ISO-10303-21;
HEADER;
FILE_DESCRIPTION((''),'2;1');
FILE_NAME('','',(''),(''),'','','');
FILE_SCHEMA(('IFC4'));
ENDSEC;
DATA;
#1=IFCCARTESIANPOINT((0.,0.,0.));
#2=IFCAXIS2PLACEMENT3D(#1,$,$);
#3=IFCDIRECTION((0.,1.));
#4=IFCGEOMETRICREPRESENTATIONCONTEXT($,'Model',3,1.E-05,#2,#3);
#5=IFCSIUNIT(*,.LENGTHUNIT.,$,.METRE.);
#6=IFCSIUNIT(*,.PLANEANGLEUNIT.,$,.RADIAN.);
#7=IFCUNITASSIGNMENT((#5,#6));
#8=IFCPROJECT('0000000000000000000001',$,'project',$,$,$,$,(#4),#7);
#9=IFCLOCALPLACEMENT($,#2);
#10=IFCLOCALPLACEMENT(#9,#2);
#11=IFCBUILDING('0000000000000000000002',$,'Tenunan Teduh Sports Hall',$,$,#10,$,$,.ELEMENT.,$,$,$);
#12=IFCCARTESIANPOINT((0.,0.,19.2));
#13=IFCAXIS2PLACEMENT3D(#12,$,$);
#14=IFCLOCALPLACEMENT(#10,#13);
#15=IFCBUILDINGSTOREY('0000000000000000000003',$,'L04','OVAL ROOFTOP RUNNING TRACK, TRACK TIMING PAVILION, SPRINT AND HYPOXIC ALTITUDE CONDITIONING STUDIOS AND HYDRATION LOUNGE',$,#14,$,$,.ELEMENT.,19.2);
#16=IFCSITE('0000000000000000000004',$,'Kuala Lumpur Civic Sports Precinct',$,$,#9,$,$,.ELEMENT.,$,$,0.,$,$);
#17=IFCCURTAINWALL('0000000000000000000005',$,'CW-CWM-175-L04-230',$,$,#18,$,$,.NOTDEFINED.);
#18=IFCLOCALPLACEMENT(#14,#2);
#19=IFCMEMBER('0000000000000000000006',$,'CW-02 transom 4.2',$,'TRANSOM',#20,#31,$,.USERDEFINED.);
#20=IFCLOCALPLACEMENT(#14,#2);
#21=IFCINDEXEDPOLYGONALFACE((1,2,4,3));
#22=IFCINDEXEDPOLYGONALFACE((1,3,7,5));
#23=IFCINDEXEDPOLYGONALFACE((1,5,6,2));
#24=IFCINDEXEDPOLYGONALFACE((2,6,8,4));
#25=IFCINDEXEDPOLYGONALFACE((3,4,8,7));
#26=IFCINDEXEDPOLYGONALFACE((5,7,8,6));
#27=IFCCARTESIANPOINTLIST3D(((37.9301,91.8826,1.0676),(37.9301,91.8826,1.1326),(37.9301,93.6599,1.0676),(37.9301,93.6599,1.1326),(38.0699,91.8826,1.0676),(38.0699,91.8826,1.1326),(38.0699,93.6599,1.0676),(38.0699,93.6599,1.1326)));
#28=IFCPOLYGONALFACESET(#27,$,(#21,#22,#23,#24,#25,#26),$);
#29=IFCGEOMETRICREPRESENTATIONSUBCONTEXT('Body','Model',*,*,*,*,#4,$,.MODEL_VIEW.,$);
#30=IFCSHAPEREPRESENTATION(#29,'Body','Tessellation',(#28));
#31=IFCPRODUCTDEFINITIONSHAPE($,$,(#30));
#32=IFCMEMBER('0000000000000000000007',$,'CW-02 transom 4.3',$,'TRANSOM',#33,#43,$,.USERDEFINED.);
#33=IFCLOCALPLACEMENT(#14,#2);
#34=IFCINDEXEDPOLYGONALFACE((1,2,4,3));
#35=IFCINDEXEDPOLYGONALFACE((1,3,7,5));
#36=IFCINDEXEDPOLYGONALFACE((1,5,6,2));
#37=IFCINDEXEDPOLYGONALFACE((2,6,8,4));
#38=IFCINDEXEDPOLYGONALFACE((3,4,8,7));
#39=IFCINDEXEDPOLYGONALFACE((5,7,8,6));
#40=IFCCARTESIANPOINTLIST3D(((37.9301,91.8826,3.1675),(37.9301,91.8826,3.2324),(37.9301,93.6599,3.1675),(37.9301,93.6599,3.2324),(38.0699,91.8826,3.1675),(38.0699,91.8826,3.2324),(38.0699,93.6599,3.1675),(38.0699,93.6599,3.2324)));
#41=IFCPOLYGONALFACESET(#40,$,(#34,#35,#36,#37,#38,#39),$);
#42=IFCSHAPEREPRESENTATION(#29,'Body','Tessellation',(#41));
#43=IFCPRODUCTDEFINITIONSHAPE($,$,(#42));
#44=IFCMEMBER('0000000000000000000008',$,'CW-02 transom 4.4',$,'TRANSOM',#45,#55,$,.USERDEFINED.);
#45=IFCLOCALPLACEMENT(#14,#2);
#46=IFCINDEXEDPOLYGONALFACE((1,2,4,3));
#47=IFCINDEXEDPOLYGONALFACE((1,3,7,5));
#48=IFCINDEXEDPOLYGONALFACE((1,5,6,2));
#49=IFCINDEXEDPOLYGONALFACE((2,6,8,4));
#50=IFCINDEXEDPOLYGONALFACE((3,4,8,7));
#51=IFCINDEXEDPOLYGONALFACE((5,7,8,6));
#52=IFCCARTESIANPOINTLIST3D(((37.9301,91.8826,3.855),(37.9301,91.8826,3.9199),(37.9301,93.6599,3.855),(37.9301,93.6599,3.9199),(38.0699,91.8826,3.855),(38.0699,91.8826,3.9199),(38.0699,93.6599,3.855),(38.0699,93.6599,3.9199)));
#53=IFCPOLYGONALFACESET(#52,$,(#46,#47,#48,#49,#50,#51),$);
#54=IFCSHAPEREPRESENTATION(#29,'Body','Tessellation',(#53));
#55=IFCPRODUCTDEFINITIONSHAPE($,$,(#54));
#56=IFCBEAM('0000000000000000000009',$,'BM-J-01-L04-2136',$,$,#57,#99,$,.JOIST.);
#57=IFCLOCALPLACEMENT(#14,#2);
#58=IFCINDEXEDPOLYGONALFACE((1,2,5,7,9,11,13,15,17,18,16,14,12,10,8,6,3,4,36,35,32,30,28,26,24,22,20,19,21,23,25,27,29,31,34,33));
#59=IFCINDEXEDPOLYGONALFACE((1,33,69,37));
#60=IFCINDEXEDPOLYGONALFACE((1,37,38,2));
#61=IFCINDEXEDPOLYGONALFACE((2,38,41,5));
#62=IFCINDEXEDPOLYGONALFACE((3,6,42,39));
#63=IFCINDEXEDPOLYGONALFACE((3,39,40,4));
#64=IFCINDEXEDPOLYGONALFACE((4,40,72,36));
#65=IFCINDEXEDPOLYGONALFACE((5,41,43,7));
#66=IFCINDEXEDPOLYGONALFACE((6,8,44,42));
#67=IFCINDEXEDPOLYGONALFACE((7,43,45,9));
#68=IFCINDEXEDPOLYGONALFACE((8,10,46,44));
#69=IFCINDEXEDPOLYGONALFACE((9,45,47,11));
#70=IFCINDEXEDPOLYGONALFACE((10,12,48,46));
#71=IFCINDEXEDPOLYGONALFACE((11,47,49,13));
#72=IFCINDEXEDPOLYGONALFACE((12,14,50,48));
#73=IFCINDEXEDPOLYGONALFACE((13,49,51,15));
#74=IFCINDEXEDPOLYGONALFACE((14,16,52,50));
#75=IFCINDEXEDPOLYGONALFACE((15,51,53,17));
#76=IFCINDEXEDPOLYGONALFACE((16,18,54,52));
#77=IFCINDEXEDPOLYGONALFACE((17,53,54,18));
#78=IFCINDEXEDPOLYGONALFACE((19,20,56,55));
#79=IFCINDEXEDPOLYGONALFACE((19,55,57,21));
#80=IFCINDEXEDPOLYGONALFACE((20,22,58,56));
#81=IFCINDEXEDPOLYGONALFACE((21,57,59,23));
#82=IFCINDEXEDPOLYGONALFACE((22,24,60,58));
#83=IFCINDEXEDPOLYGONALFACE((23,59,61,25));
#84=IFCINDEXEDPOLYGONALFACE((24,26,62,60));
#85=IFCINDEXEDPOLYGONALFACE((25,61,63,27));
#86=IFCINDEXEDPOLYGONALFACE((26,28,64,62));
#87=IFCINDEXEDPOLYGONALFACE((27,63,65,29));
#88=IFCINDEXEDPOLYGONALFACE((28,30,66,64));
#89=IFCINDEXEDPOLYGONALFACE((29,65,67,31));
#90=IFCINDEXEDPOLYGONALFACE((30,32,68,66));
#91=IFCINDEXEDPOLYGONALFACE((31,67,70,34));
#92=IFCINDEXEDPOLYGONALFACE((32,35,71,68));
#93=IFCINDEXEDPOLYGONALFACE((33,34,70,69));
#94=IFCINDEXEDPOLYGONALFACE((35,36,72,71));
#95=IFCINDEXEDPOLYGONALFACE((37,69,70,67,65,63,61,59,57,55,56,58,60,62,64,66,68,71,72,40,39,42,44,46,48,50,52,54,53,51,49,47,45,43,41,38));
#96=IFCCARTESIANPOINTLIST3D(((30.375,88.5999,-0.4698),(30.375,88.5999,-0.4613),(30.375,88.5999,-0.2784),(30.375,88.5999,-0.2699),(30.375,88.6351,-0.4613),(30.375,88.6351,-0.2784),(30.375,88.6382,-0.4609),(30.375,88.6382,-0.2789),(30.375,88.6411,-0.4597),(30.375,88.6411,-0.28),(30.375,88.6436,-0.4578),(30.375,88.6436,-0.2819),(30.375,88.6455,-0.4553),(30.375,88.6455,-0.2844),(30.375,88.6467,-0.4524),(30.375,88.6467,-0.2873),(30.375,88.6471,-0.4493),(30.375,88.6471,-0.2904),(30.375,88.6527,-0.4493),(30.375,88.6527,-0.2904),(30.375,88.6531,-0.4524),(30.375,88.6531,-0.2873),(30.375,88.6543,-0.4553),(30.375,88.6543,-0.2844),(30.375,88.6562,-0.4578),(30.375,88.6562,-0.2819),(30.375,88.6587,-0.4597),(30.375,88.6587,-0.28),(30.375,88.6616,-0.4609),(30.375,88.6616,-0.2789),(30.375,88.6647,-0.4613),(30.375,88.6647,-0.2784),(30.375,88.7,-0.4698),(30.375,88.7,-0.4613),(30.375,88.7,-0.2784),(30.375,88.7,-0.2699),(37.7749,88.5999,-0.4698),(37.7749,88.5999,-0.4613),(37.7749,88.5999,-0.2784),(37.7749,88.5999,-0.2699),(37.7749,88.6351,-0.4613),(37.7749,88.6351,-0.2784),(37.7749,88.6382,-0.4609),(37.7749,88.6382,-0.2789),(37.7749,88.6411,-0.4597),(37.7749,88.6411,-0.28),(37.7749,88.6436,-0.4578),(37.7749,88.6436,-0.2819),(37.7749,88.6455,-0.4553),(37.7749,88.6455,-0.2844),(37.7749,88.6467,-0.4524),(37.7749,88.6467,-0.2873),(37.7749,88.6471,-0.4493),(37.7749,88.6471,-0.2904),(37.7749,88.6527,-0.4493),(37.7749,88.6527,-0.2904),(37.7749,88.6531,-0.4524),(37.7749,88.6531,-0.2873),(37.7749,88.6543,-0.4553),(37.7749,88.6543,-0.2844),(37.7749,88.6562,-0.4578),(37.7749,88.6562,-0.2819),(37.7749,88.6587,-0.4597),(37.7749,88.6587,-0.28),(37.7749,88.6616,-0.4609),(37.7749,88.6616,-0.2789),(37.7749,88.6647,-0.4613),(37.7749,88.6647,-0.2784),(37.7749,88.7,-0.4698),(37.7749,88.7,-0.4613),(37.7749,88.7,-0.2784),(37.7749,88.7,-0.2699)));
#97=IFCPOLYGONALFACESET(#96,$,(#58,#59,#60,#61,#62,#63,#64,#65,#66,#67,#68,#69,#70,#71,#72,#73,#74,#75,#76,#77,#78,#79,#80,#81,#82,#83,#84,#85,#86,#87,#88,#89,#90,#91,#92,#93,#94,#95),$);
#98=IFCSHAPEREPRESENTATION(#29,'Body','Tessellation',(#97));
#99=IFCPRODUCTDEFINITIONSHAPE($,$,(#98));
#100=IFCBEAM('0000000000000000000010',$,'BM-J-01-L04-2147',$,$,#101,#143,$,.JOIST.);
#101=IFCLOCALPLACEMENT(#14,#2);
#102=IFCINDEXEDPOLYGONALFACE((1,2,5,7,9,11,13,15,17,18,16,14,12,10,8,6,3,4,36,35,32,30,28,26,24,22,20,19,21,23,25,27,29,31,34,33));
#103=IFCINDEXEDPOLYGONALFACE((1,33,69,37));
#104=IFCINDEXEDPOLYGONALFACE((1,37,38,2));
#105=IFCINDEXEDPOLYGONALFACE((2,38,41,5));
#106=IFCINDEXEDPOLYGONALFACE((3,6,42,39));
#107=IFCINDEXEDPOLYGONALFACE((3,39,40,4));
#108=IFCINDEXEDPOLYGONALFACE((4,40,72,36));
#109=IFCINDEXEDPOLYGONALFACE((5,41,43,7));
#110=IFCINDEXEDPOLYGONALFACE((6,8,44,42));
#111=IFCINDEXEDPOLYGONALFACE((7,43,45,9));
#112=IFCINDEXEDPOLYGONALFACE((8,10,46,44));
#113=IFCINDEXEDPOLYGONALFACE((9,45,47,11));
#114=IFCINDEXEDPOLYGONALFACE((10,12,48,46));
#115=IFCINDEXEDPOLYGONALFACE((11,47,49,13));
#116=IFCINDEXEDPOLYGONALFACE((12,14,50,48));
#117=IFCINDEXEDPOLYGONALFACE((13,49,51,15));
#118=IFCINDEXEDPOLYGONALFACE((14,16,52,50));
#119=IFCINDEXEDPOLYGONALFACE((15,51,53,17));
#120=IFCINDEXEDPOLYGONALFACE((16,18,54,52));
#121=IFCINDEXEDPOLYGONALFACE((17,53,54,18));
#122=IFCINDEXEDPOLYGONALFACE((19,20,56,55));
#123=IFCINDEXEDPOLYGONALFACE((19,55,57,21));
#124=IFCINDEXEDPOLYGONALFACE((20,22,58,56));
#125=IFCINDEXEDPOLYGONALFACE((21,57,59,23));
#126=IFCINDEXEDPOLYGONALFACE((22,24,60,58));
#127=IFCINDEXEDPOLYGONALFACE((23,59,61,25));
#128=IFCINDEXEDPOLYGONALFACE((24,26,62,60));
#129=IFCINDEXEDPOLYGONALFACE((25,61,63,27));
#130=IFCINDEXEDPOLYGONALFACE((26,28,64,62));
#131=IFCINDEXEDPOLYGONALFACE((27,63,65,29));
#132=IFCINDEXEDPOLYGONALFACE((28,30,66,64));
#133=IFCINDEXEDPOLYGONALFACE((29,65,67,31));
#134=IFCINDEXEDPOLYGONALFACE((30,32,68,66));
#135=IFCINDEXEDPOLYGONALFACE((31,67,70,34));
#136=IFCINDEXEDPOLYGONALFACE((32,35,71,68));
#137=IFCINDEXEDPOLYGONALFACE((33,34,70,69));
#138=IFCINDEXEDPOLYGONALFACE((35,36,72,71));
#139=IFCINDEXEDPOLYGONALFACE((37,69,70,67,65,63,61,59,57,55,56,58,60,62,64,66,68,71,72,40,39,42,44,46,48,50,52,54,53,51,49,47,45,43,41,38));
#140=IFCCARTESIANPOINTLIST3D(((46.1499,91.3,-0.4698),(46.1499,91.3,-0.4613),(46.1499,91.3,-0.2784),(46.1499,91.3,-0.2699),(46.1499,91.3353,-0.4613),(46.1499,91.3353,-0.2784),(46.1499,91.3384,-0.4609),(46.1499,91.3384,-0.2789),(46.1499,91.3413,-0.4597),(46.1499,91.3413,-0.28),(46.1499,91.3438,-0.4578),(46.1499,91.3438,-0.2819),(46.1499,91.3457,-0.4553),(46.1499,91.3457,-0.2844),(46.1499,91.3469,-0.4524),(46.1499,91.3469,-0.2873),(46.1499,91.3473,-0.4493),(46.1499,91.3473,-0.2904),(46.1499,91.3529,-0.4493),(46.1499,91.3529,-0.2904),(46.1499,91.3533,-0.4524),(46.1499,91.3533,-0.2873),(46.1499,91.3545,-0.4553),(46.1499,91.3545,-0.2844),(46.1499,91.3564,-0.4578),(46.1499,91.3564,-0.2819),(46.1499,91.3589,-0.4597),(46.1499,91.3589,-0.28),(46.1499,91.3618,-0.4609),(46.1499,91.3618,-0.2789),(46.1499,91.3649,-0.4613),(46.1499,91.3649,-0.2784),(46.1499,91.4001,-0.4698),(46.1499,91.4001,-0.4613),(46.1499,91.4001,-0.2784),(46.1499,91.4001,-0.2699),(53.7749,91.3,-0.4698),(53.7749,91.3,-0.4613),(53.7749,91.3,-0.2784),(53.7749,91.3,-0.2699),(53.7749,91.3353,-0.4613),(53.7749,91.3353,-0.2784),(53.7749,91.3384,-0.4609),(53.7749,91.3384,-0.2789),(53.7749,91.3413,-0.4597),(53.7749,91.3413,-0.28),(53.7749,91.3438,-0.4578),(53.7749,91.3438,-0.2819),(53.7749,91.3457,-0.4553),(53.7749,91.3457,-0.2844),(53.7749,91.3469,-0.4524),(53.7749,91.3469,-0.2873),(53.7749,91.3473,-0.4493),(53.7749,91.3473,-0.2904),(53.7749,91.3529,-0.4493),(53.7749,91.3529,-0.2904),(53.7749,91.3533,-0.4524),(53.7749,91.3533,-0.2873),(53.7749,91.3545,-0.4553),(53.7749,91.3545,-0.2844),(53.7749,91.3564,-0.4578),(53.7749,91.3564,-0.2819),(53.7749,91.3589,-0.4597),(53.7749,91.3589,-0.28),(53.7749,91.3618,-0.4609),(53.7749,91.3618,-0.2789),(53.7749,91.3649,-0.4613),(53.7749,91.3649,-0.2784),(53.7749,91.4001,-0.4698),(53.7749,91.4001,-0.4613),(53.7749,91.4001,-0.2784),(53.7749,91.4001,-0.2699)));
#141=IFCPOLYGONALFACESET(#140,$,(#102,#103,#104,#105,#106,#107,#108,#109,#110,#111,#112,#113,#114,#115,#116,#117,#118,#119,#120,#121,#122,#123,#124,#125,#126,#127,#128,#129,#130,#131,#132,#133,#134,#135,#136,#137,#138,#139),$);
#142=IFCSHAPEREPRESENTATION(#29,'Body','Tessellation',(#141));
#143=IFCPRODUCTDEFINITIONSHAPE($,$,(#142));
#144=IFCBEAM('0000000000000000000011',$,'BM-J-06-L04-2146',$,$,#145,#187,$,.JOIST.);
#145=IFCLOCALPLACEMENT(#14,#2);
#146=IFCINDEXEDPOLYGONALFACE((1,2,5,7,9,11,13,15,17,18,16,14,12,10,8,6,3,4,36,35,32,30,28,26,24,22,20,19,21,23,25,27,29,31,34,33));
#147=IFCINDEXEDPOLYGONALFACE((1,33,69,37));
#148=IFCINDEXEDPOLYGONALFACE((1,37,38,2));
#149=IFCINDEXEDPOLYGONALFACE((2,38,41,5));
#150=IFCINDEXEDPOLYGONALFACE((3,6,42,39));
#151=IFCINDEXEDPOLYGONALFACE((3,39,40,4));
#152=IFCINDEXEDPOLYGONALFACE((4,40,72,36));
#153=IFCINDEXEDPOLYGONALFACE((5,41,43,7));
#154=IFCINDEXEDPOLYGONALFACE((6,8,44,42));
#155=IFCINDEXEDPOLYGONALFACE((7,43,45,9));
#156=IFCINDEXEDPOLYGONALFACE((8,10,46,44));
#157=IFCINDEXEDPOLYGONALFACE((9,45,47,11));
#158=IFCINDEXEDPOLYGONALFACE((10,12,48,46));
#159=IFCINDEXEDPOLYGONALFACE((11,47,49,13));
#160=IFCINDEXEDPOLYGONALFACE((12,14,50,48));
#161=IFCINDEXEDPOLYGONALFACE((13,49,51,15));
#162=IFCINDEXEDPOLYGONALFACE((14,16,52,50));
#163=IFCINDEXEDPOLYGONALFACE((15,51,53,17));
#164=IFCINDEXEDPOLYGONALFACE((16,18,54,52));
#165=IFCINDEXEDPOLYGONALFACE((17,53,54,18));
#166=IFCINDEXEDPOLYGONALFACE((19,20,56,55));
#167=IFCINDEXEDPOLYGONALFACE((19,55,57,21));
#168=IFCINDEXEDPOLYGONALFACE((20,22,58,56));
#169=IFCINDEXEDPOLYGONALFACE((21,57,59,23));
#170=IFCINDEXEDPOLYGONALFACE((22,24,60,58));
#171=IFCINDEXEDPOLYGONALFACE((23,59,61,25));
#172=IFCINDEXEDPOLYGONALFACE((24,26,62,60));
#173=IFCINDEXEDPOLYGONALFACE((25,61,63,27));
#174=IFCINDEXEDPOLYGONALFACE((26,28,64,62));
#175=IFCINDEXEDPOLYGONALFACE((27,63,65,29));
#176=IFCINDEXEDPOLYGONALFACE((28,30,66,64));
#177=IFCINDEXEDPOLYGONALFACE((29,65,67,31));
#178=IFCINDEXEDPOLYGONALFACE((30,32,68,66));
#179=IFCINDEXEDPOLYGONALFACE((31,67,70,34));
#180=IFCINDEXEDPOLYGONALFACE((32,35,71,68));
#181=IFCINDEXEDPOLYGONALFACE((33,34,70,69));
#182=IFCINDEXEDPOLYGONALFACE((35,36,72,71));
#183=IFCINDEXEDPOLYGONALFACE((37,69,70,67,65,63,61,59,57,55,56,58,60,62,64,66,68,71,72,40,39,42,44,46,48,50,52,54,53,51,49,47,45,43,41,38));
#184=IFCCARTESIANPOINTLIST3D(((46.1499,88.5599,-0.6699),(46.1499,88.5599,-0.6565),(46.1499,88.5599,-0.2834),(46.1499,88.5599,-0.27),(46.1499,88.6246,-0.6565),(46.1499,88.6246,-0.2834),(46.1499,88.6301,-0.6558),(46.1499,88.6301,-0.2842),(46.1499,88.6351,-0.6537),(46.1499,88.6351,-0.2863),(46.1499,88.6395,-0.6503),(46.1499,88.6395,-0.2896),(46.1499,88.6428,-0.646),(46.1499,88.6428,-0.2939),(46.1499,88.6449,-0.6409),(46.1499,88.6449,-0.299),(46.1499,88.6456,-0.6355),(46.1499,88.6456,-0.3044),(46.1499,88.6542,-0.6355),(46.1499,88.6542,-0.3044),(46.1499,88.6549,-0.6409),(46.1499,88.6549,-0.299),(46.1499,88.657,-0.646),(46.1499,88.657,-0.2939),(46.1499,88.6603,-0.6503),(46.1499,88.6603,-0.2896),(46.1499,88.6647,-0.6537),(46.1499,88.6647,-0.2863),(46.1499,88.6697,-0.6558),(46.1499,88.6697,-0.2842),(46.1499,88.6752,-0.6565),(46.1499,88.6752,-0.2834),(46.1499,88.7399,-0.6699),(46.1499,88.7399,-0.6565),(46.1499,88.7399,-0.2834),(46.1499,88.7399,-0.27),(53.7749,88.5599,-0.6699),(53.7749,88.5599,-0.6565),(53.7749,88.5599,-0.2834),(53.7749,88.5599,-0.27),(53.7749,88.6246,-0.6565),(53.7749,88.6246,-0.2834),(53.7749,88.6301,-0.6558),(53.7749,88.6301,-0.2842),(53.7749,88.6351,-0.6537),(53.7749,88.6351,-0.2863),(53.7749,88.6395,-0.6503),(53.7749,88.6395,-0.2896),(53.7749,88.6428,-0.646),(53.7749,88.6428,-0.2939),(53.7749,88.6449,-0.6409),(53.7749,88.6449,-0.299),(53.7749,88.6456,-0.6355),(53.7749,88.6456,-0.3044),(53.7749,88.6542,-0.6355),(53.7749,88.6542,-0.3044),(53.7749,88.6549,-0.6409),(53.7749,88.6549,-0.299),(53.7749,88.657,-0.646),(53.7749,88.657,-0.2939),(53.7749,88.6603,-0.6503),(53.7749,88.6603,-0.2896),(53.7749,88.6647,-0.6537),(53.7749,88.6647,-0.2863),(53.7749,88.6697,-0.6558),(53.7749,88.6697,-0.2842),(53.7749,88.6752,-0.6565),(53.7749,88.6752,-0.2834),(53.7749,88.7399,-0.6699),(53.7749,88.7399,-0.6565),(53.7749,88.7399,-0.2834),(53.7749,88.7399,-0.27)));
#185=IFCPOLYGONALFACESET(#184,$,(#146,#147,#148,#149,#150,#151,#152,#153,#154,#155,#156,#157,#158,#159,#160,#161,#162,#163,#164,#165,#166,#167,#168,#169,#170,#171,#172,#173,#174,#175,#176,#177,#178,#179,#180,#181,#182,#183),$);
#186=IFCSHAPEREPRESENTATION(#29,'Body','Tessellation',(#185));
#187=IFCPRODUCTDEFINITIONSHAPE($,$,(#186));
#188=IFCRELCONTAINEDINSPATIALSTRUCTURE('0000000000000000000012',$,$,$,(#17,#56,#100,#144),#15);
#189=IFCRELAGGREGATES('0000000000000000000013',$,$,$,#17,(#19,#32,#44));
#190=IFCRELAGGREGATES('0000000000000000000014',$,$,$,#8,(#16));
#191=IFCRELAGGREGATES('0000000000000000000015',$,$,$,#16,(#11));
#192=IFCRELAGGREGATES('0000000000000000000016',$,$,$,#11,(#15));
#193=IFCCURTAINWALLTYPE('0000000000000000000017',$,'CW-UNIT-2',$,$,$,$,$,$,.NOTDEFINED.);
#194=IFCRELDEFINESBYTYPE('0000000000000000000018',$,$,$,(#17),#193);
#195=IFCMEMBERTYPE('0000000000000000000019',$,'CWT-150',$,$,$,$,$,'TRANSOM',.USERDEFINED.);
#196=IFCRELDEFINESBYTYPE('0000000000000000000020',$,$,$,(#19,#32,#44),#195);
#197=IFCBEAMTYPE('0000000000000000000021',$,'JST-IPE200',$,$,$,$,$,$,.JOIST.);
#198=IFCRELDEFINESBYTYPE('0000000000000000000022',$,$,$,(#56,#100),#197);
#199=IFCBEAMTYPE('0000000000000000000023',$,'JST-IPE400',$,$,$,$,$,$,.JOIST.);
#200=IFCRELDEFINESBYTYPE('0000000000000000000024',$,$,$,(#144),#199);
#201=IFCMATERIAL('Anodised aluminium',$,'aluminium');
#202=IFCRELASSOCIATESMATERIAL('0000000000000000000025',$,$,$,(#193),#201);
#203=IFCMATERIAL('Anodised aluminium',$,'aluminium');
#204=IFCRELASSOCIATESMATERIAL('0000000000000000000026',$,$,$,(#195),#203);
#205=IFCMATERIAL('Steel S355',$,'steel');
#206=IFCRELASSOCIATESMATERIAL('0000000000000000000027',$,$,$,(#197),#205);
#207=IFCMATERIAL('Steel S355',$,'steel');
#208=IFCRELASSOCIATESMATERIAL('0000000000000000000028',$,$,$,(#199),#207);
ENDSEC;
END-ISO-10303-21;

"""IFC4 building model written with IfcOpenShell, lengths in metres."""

from ifc_helpers import new_model, si_unit, direction, frame, origin, origin_2d, place, context, subcontext, project, spatial, rectangle, i_section, extrude, material, material_profile, profile_set, type_object, element, aggregate, save


model = new_model("IFC4")

# Units and contexts
model_context = context("Model", 3, precision=1e-05, world=origin(), true_north=direction((0.0, 1.0)))
body_context = subcontext(model_context, "Body", "Model", "MODEL_VIEW")
ifc_project = project(units=[si_unit("LENGTHUNIT", "METRE"), si_unit("PLANEANGLEUNIT", "RADIAN")], contexts=[model_context])

# Site, building, storey
site_placement = place(None, origin())
site = spatial("IfcSite", under=ifc_project, at=site_placement, Name="Kuala Lumpur Civic Sports Precinct", CompositionType="ELEMENT", RefElevation=0.0)
building_placement = place(site_placement, origin())
building = spatial("IfcBuilding", under=site, at=building_placement, Name="Tenunan Teduh Sports Hall", CompositionType="ELEMENT")
storey_placement = place(building_placement, frame((0.0, 0.0, 19.2)))
storey = spatial("IfcBuildingStorey", under=building, at=storey_placement, Name="L04", Description="OVAL ROOFTOP RUNNING TRACK, TRACK TIMING PAVILION, SPRINT AND HYPOXIC ALTITUDE CONDITIONING STUDIOS AND HYDRATION LOUNGE", CompositionType="ELEMENT", Elevation=19.2)

# Curtain wall, members
ifc_material_1 = material(Name="Anodised aluminium", Category="aluminium")
curtain_wall_type = type_object("IfcCurtainWallType", Name="CW-UNIT-2", PredefinedType="NOTDEFINED", material=ifc_material_1)
curtain_wall_placement = place(storey_placement, origin())
curtain_wall = element("IfcCurtainWall", 1, at=curtain_wall_placement, inside=storey, type_object=curtain_wall_type, Name="CW-CWM-175-L04-230", PredefinedType="NOTDEFINED")
ifc_material_2 = material(Name="Anodised aluminium", Category="aluminium")
ifc_material_profile_1 = material_profile(ifc_material_2, rectangle(XDim=0.0649, YDim=0.1399, at=origin_2d()), Name="CWT 65x140")
ifc_profile_set_1 = profile_set([ifc_material_profile_1], Name="Anodised aluminium")
member_type_1 = type_object("IfcMemberType", Name="CWT-150", ElementType="TRANSOM", PredefinedType="USERDEFINED", material=ifc_profile_set_1)
member_1_placement = place(storey_placement, frame((38.0, 91.8826, 1.1001), z_axis=(0.0, 1.0, 0.0), x_axis=(0.0, 0.0, 1.0)))
member_1 = element("IfcMember", 2, at=member_1_placement, type_object=member_type_1, Name="CW-02 transom 4.2", ObjectType="TRANSOM", PredefinedType="USERDEFINED", context=body_context, shape_type="SweptSolid", body=[
    extrude(rectangle(XDim=0.0649, YDim=0.1399, at=origin_2d()), origin(), (0.0, 0.0, 1.0), 1.7773),
])
member_2_placement = place(storey_placement, frame((38.0, 91.8826, 3.2), z_axis=(0.0, 1.0, 0.0), x_axis=(0.0, 0.0, 1.0)))
member_2 = element("IfcMember", 3, at=member_2_placement, type_object=member_type_1, Name="CW-02 transom 4.3", ObjectType="TRANSOM", PredefinedType="USERDEFINED", context=body_context, shape_type="SweptSolid", body=[
    extrude(rectangle(XDim=0.0649, YDim=0.1399, at=origin_2d()), origin(), (0.0, 0.0, 1.0), 1.7773),
])
member_3_placement = place(storey_placement, frame((38.0, 91.8826, 3.8875), z_axis=(0.0, 1.0, 0.0), x_axis=(0.0, 0.0, 1.0)))
member_3 = element("IfcMember", 4, at=member_3_placement, type_object=member_type_1, Name="CW-02 transom 4.4", ObjectType="TRANSOM", PredefinedType="USERDEFINED", context=body_context, shape_type="SweptSolid", body=[
    extrude(rectangle(XDim=0.0649, YDim=0.1399, at=origin_2d()), origin(), (0.0, 0.0, 1.0), 1.7773),
])

# Beams
ifc_material_3 = material(Name="Steel S355", Category="steel")
ifc_material_profile_2 = material_profile(ifc_material_3, i_section(OverallWidth=0.1001, OverallDepth=0.2, WebThickness=0.0056, FlangeThickness=0.0085, FilletRadius=0.012, at=origin_2d()), Name="IPE 200")
ifc_profile_set_2 = profile_set([ifc_material_profile_2], Name="Steel S355")
beam_type_1 = type_object("IfcBeamType", Name="JST-IPE200", PredefinedType="JOIST", material=ifc_profile_set_2)
beam_1_placement = place(storey_placement, frame((30.375, 88.6499, -0.3699), z_axis=(1.0, 0.0, 0.0), x_axis=(0.0, 1.0, 0.0)))
element("IfcBeam", 5, at=beam_1_placement, inside=storey, type_object=beam_type_1, Name="BM-J-01-L04-2136", PredefinedType="JOIST", context=body_context, shape_type="SweptSolid", body=[
    extrude(i_section(OverallWidth=0.1001, OverallDepth=0.2, WebThickness=0.0056, FlangeThickness=0.0085, FilletRadius=0.012, at=origin_2d()), origin(), (0.0, 0.0, 1.0), 7.3999),
])
beam_2_placement = place(storey_placement, frame((46.1499, 91.3501, -0.3699), z_axis=(1.0, 0.0, 0.0), x_axis=(0.0, 1.0, 0.0)))
element("IfcBeam", 6, at=beam_2_placement, inside=storey, type_object=beam_type_1, Name="BM-J-01-L04-2147", PredefinedType="JOIST", context=body_context, shape_type="SweptSolid", body=[
    extrude(i_section(OverallWidth=0.1001, OverallDepth=0.2, WebThickness=0.0056, FlangeThickness=0.0085, FilletRadius=0.012, at=origin_2d()), origin(), (0.0, 0.0, 1.0), 7.625),
])
ifc_material_4 = material(Name="Steel S355", Category="steel")
ifc_material_profile_3 = material_profile(ifc_material_4, i_section(OverallWidth=0.1799, OverallDepth=0.3999, WebThickness=0.0085, FlangeThickness=0.0134, FilletRadius=0.021, at=origin_2d()), Name="IPE 400")
ifc_profile_set_3 = profile_set([ifc_material_profile_3], Name="Steel S355")
beam_type_2 = type_object("IfcBeamType", Name="JST-IPE400", PredefinedType="JOIST", material=ifc_profile_set_3)
beam_3_placement = place(storey_placement, frame((46.1499, 88.6499, -0.47), z_axis=(1.0, 0.0, 0.0), x_axis=(0.0, 1.0, 0.0)))
element("IfcBeam", 7, at=beam_3_placement, inside=storey, type_object=beam_type_2, Name="BM-J-06-L04-2146", PredefinedType="JOIST", context=body_context, shape_type="SweptSolid", body=[
    extrude(i_section(OverallWidth=0.1799, OverallDepth=0.3999, WebThickness=0.0085, FlangeThickness=0.0134, FilletRadius=0.021, at=origin_2d()), origin(), (0.0, 0.0, 1.0), 7.625),
])

aggregate(curtain_wall, [member_1, member_2, member_3])

save(model, "model.ifc")
